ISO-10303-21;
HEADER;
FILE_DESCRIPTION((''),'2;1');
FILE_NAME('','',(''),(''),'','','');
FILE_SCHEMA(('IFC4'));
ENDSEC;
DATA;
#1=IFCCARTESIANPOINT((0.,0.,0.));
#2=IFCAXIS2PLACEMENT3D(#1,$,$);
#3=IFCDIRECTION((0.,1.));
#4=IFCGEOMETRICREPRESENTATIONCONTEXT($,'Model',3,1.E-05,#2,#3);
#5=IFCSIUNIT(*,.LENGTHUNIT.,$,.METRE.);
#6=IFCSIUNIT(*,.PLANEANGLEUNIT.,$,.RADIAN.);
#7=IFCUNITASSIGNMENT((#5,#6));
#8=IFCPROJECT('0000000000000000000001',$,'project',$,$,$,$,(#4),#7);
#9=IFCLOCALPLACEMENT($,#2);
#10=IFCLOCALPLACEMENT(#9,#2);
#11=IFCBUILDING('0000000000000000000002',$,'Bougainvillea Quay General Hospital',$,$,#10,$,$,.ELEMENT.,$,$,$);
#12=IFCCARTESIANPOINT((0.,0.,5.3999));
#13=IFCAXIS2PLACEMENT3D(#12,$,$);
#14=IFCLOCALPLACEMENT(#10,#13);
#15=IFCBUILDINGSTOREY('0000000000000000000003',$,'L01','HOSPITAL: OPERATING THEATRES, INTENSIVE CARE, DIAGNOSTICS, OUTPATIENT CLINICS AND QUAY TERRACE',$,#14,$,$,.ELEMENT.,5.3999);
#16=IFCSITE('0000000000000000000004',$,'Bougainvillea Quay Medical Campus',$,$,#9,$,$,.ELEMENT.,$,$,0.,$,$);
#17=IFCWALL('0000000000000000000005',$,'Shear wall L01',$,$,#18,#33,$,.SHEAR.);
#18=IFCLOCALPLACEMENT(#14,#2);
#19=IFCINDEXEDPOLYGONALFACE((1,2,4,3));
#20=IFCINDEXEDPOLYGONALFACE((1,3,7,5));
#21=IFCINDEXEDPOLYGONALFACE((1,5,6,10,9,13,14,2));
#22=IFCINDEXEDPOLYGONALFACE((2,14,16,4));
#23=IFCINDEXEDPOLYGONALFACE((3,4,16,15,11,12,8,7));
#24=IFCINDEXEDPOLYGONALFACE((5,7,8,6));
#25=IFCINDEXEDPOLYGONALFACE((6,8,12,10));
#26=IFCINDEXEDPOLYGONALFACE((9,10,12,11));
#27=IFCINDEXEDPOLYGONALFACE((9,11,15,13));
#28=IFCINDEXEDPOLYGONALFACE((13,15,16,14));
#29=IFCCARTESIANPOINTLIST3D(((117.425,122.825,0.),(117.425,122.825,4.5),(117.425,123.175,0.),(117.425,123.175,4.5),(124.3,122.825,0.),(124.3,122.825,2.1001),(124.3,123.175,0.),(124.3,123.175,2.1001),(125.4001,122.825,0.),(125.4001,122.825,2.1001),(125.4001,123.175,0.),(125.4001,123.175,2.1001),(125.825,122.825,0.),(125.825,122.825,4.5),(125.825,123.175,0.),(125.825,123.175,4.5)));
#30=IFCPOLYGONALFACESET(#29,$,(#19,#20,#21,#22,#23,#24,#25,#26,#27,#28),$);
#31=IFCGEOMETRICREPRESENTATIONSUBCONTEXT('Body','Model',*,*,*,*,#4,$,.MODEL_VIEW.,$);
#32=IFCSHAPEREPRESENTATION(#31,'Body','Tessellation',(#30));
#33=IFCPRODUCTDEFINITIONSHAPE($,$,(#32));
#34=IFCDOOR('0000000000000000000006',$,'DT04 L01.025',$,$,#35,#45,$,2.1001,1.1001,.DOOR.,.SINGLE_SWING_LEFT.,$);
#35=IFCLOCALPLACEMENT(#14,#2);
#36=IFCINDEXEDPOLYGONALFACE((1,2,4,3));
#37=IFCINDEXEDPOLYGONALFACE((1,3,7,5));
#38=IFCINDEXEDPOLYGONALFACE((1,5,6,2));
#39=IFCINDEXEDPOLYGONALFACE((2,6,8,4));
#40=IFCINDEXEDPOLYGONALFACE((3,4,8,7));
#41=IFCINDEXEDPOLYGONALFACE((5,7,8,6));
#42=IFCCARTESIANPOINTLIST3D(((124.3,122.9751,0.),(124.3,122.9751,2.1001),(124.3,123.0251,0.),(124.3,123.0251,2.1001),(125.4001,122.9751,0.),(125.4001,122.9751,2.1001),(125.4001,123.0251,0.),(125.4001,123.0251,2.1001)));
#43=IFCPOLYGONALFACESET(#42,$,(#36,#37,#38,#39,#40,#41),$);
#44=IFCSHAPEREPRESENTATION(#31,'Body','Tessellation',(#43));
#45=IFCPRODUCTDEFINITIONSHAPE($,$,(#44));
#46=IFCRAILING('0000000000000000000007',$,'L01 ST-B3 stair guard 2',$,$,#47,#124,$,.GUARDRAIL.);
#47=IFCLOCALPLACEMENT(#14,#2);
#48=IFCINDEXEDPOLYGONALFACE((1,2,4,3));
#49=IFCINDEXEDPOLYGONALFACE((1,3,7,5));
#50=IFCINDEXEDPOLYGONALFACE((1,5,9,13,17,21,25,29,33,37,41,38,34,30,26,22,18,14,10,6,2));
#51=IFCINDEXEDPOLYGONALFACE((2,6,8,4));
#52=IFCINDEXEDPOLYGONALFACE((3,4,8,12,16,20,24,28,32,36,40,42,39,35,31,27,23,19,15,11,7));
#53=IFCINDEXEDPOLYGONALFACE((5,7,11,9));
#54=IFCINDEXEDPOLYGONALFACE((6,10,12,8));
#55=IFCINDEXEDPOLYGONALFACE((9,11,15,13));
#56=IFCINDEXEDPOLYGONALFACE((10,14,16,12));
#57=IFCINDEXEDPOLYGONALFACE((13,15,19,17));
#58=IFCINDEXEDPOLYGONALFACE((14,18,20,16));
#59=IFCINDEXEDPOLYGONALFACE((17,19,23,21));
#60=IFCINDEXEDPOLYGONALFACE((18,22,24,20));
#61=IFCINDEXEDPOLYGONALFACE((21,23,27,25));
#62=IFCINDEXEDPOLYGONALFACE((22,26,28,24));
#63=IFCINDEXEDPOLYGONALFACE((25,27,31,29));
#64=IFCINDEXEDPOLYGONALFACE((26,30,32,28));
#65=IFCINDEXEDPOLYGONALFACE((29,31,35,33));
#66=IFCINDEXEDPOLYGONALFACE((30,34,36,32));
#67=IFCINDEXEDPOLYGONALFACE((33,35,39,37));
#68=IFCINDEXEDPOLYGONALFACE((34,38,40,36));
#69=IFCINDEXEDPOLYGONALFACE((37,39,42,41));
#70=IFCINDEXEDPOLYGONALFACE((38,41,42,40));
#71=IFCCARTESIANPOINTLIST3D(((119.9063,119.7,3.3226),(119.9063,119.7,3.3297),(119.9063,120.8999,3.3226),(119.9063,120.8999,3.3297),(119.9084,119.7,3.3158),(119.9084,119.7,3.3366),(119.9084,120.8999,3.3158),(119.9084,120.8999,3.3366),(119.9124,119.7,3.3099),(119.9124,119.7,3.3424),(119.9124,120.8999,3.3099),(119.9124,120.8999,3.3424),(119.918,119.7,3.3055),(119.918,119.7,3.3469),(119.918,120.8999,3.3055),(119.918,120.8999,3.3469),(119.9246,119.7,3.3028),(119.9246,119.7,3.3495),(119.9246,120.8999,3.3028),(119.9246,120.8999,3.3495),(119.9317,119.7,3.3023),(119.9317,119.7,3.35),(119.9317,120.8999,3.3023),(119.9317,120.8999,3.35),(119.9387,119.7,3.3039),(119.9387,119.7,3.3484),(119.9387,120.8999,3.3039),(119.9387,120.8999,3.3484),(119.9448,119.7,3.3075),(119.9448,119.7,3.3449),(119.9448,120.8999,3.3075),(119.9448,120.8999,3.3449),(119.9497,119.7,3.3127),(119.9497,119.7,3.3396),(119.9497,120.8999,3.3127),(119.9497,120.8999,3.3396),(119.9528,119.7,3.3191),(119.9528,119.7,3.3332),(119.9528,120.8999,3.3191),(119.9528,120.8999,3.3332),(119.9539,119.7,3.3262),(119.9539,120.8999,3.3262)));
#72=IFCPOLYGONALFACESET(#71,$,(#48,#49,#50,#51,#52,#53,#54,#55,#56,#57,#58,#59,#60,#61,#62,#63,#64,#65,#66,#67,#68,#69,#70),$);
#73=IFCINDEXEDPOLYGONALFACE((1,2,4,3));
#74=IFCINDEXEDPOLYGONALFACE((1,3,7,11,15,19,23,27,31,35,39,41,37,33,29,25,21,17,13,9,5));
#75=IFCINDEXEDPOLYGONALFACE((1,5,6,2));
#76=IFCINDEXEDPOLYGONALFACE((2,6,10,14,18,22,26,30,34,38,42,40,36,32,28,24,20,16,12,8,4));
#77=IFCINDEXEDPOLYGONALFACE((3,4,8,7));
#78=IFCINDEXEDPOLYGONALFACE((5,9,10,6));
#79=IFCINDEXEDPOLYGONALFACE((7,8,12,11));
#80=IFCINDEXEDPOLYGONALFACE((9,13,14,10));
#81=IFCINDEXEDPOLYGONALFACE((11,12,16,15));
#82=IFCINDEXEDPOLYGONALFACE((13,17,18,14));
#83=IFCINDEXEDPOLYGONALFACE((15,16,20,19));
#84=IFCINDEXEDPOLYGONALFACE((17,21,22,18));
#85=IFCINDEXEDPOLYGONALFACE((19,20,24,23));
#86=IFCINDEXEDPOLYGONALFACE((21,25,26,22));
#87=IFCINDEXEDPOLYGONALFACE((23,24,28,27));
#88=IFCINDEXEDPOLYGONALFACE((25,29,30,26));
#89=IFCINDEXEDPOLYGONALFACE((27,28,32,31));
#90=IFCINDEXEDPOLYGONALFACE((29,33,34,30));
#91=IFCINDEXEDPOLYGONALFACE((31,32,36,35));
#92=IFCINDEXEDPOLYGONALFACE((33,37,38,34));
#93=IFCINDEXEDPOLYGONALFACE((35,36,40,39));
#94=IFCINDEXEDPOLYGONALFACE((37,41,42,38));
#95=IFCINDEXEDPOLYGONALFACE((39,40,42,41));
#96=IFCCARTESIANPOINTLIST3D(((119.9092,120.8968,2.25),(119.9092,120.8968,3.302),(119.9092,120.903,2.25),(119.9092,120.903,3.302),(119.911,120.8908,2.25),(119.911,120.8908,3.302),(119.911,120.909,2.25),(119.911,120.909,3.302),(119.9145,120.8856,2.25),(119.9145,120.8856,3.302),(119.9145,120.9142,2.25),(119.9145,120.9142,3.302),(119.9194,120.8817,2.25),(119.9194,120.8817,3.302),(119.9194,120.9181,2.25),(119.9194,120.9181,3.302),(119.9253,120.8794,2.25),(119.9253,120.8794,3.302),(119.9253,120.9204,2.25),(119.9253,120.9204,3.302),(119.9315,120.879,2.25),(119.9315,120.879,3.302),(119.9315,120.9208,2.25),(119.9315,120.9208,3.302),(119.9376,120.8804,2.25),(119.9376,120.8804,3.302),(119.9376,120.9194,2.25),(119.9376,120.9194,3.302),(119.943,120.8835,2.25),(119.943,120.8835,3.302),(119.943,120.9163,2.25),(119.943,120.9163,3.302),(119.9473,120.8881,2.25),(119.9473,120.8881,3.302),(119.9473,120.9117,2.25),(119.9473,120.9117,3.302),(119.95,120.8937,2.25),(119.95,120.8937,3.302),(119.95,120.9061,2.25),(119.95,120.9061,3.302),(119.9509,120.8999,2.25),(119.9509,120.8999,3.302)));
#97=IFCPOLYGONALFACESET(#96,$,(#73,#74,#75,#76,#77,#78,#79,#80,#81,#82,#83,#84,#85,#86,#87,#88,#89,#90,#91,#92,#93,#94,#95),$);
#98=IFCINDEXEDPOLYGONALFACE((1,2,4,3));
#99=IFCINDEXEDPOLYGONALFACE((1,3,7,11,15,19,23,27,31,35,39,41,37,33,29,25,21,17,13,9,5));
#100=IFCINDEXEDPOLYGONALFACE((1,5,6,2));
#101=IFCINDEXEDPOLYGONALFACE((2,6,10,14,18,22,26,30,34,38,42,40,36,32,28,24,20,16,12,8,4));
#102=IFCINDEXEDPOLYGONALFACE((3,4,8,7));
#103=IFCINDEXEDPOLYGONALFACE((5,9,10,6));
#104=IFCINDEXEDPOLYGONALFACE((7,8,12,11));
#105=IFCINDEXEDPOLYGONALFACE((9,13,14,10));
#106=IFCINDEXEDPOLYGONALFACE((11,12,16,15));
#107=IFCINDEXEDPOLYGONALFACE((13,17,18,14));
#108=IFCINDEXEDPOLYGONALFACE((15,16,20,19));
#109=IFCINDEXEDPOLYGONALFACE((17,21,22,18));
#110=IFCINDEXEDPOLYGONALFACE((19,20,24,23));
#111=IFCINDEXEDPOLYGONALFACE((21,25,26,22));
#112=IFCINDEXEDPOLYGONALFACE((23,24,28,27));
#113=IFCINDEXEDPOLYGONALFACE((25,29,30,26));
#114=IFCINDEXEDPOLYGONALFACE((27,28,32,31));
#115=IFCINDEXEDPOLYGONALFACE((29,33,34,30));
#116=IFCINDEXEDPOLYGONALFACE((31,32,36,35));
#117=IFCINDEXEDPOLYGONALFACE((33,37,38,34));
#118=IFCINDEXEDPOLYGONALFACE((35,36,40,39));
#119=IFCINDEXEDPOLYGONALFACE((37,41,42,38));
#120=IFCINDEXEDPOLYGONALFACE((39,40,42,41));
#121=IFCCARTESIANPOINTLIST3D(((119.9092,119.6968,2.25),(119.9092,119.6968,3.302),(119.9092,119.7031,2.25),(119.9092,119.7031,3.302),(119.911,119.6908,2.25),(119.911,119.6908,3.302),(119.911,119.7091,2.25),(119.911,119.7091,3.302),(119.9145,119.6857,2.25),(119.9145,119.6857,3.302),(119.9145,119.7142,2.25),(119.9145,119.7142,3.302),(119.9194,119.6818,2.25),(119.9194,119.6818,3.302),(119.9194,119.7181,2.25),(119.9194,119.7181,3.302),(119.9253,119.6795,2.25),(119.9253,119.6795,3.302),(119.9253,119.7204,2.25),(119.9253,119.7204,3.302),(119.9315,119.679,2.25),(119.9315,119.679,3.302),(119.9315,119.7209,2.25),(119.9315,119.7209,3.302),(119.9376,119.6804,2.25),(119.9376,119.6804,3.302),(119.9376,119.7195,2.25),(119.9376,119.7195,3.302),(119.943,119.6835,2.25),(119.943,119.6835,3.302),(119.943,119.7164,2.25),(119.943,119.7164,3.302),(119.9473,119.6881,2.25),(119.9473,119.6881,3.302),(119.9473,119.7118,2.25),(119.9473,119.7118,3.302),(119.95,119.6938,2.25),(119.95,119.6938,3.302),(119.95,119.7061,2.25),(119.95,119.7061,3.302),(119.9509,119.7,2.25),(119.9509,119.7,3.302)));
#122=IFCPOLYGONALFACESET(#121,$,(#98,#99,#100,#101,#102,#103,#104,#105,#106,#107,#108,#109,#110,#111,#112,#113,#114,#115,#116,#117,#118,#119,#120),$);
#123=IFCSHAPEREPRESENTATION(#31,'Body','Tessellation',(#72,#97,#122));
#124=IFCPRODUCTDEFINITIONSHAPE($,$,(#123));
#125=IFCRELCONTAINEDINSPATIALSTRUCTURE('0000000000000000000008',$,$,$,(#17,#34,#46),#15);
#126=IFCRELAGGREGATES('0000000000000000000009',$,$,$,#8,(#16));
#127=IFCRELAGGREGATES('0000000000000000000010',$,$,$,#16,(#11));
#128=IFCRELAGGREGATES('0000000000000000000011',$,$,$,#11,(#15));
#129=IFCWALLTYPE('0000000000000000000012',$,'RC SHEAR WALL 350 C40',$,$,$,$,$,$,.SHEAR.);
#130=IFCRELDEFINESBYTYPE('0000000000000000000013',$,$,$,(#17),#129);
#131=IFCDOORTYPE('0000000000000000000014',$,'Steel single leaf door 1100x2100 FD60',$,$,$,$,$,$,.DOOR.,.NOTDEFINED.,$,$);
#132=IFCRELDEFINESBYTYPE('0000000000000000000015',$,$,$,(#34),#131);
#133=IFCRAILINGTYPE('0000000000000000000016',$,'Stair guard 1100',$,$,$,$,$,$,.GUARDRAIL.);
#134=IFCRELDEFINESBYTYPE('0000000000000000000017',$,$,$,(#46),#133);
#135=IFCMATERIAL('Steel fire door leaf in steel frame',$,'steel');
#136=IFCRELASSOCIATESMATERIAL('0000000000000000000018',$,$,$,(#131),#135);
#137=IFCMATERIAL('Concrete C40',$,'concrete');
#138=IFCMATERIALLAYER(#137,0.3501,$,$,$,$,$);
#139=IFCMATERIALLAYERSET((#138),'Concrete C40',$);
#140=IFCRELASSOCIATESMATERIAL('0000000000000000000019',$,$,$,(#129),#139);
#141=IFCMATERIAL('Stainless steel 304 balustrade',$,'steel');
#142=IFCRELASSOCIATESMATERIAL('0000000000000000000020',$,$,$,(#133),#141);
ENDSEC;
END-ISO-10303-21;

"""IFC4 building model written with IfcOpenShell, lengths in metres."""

from ifc_helpers import new_model, si_unit, direction, frame, frame_2d, origin, origin_2d, place, context, subcontext, project, spatial, rectangle, circle, extrude, material, layer, layer_set, type_object, element, fill, save


model = new_model("IFC4")

# Units and contexts
model_context = context("Model", 3, precision=1e-05, world=origin(), true_north=direction((0.0, 1.0)))
body_context = subcontext(model_context, "Body", "Model", "MODEL_VIEW")
ifc_project = project(units=[si_unit("LENGTHUNIT", "METRE"), si_unit("PLANEANGLEUNIT", "RADIAN")], contexts=[model_context])

# Site, building, storey
site_placement = place(None, origin())
site = spatial("IfcSite", under=ifc_project, at=site_placement, Name="Bougainvillea Quay Medical Campus", CompositionType="ELEMENT", RefElevation=0.0)
building_placement = place(site_placement, origin())
building = spatial("IfcBuilding", under=site, at=building_placement, Name="Bougainvillea Quay General Hospital", CompositionType="ELEMENT")
storey_placement = place(building_placement, frame((0.0, 0.0, 5.3999)))
storey = spatial("IfcBuildingStorey", under=building, at=storey_placement, Name="L01", Description="HOSPITAL: OPERATING THEATRES, INTENSIVE CARE, DIAGNOSTICS, OUTPATIENT CLINICS AND QUAY TERRACE", CompositionType="ELEMENT", Elevation=5.3999)

# Shared definitions
ifc_material_1 = material(Name="Steel fire door leaf in steel frame", Category="steel")
door_type_1 = type_object("IfcDoorType", Name="Steel single leaf door 1100x2100 FD60", OperationType="NOTDEFINED", PredefinedType="DOOR", material=ifc_material_1)

# Wall, opening, door
ifc_material_2 = material(Name="Concrete C40", Category="concrete")
ifc_layer_1 = layer(ifc_material_2, 0.3501)
ifc_layer_set_1 = layer_set([ifc_layer_1], Name="Concrete C40")
wall_type_1 = type_object("IfcWallType", Name="RC SHEAR WALL 350 C40", PredefinedType="SHEAR", material=ifc_layer_set_1)
wall_1_placement = place(storey_placement, frame((117.425, 123.0, 0.0), z_axis=(0.0, 0.0, 1.0), x_axis=(1.0, 0.0, 0.0)))
wall_1 = element("IfcWall", 1, at=wall_1_placement, inside=storey, type_object=wall_type_1, Name="Shear wall L01", PredefinedType="SHEAR", context=body_context, shape_type="SweptSolid", body=[
    extrude(rectangle(XDim=8.3999, YDim=0.3501, at=frame_2d((4.2, 0.0))), origin(), (0.0, 0.0, 1.0), 4.5),
])
opening_1_placement = place(wall_1_placement, frame((6.875, 0.0, 0.0)))
opening_1 = element("IfcOpeningElement", 2, at=opening_1_placement, cuts=wall_1, PredefinedType="OPENING", context=body_context, shape_type="SweptSolid", body=[
    extrude(rectangle(XDim=1.1001, YDim=2.1001, at=frame_2d((0.55, 1.05))), frame((0.0, 0.1851, 0.0), z_axis=(0.0, -1.0, 0.0), x_axis=(1.0, 0.0, 0.0)), (0.0, 0.0, 1.0), 0.3701),
])
door_1_placement = place(opening_1_placement, frame((1.1001, 0.0, 0.0), z_axis=(0.0, 0.0, 1.0), x_axis=(-1.0, 0.0, 0.0)))
door_1 = element("IfcDoor", 3, at=door_1_placement, inside=storey, type_object=door_type_1, Name="DT04 L01.025", OperationType="SINGLE_SWING_LEFT", OverallHeight=2.1001, OverallWidth=1.1001, PredefinedType="DOOR", context=body_context, shape_type="SweptSolid", body=[
    extrude(rectangle(XDim=1.1001, YDim=2.1001, at=frame_2d((0.55, 1.05))), frame((0.0, 0.0249, 0.0), z_axis=(0.0, -1.0, 0.0), x_axis=(1.0, 0.0, 0.0)), (0.0, 0.0, 1.0), 0.05),
])
fill(opening_1, door_1)

# Railing
ifc_material_3 = material(Name="Stainless steel 304 balustrade", Category="steel")
railing_type = type_object("IfcRailingType", Name="Stair guard 1100", PredefinedType="GUARDRAIL", material=ifc_material_3)
railing_1_placement = place(storey_placement, frame((119.9299, 120.8999, 2.25)))
element("IfcRailing", 4, at=railing_1_placement, inside=storey, type_object=railing_type, Name="L01 ST-B3 stair guard 2", PredefinedType="GUARDRAIL", context=body_context, shape_type="SweptSolid", body=[
    extrude(circle(Radius=0.0239, at=origin_2d()), frame((0.0, 0.0, 1.0762), z_axis=(0.0, -1.0, 0.0), x_axis=(1.0, 0.0, 0.0)), (0.0, 0.0, 1.0), 1.2),
    extrude(circle(Radius=0.021, at=origin_2d()), origin(), (0.0, 0.0, 1.0), 1.052),
    extrude(circle(Radius=0.021, at=origin_2d()), frame((0.0, -1.2, 0.0)), (0.0, 0.0, 1.0), 1.052),
])

save(model, "model.ifc")
